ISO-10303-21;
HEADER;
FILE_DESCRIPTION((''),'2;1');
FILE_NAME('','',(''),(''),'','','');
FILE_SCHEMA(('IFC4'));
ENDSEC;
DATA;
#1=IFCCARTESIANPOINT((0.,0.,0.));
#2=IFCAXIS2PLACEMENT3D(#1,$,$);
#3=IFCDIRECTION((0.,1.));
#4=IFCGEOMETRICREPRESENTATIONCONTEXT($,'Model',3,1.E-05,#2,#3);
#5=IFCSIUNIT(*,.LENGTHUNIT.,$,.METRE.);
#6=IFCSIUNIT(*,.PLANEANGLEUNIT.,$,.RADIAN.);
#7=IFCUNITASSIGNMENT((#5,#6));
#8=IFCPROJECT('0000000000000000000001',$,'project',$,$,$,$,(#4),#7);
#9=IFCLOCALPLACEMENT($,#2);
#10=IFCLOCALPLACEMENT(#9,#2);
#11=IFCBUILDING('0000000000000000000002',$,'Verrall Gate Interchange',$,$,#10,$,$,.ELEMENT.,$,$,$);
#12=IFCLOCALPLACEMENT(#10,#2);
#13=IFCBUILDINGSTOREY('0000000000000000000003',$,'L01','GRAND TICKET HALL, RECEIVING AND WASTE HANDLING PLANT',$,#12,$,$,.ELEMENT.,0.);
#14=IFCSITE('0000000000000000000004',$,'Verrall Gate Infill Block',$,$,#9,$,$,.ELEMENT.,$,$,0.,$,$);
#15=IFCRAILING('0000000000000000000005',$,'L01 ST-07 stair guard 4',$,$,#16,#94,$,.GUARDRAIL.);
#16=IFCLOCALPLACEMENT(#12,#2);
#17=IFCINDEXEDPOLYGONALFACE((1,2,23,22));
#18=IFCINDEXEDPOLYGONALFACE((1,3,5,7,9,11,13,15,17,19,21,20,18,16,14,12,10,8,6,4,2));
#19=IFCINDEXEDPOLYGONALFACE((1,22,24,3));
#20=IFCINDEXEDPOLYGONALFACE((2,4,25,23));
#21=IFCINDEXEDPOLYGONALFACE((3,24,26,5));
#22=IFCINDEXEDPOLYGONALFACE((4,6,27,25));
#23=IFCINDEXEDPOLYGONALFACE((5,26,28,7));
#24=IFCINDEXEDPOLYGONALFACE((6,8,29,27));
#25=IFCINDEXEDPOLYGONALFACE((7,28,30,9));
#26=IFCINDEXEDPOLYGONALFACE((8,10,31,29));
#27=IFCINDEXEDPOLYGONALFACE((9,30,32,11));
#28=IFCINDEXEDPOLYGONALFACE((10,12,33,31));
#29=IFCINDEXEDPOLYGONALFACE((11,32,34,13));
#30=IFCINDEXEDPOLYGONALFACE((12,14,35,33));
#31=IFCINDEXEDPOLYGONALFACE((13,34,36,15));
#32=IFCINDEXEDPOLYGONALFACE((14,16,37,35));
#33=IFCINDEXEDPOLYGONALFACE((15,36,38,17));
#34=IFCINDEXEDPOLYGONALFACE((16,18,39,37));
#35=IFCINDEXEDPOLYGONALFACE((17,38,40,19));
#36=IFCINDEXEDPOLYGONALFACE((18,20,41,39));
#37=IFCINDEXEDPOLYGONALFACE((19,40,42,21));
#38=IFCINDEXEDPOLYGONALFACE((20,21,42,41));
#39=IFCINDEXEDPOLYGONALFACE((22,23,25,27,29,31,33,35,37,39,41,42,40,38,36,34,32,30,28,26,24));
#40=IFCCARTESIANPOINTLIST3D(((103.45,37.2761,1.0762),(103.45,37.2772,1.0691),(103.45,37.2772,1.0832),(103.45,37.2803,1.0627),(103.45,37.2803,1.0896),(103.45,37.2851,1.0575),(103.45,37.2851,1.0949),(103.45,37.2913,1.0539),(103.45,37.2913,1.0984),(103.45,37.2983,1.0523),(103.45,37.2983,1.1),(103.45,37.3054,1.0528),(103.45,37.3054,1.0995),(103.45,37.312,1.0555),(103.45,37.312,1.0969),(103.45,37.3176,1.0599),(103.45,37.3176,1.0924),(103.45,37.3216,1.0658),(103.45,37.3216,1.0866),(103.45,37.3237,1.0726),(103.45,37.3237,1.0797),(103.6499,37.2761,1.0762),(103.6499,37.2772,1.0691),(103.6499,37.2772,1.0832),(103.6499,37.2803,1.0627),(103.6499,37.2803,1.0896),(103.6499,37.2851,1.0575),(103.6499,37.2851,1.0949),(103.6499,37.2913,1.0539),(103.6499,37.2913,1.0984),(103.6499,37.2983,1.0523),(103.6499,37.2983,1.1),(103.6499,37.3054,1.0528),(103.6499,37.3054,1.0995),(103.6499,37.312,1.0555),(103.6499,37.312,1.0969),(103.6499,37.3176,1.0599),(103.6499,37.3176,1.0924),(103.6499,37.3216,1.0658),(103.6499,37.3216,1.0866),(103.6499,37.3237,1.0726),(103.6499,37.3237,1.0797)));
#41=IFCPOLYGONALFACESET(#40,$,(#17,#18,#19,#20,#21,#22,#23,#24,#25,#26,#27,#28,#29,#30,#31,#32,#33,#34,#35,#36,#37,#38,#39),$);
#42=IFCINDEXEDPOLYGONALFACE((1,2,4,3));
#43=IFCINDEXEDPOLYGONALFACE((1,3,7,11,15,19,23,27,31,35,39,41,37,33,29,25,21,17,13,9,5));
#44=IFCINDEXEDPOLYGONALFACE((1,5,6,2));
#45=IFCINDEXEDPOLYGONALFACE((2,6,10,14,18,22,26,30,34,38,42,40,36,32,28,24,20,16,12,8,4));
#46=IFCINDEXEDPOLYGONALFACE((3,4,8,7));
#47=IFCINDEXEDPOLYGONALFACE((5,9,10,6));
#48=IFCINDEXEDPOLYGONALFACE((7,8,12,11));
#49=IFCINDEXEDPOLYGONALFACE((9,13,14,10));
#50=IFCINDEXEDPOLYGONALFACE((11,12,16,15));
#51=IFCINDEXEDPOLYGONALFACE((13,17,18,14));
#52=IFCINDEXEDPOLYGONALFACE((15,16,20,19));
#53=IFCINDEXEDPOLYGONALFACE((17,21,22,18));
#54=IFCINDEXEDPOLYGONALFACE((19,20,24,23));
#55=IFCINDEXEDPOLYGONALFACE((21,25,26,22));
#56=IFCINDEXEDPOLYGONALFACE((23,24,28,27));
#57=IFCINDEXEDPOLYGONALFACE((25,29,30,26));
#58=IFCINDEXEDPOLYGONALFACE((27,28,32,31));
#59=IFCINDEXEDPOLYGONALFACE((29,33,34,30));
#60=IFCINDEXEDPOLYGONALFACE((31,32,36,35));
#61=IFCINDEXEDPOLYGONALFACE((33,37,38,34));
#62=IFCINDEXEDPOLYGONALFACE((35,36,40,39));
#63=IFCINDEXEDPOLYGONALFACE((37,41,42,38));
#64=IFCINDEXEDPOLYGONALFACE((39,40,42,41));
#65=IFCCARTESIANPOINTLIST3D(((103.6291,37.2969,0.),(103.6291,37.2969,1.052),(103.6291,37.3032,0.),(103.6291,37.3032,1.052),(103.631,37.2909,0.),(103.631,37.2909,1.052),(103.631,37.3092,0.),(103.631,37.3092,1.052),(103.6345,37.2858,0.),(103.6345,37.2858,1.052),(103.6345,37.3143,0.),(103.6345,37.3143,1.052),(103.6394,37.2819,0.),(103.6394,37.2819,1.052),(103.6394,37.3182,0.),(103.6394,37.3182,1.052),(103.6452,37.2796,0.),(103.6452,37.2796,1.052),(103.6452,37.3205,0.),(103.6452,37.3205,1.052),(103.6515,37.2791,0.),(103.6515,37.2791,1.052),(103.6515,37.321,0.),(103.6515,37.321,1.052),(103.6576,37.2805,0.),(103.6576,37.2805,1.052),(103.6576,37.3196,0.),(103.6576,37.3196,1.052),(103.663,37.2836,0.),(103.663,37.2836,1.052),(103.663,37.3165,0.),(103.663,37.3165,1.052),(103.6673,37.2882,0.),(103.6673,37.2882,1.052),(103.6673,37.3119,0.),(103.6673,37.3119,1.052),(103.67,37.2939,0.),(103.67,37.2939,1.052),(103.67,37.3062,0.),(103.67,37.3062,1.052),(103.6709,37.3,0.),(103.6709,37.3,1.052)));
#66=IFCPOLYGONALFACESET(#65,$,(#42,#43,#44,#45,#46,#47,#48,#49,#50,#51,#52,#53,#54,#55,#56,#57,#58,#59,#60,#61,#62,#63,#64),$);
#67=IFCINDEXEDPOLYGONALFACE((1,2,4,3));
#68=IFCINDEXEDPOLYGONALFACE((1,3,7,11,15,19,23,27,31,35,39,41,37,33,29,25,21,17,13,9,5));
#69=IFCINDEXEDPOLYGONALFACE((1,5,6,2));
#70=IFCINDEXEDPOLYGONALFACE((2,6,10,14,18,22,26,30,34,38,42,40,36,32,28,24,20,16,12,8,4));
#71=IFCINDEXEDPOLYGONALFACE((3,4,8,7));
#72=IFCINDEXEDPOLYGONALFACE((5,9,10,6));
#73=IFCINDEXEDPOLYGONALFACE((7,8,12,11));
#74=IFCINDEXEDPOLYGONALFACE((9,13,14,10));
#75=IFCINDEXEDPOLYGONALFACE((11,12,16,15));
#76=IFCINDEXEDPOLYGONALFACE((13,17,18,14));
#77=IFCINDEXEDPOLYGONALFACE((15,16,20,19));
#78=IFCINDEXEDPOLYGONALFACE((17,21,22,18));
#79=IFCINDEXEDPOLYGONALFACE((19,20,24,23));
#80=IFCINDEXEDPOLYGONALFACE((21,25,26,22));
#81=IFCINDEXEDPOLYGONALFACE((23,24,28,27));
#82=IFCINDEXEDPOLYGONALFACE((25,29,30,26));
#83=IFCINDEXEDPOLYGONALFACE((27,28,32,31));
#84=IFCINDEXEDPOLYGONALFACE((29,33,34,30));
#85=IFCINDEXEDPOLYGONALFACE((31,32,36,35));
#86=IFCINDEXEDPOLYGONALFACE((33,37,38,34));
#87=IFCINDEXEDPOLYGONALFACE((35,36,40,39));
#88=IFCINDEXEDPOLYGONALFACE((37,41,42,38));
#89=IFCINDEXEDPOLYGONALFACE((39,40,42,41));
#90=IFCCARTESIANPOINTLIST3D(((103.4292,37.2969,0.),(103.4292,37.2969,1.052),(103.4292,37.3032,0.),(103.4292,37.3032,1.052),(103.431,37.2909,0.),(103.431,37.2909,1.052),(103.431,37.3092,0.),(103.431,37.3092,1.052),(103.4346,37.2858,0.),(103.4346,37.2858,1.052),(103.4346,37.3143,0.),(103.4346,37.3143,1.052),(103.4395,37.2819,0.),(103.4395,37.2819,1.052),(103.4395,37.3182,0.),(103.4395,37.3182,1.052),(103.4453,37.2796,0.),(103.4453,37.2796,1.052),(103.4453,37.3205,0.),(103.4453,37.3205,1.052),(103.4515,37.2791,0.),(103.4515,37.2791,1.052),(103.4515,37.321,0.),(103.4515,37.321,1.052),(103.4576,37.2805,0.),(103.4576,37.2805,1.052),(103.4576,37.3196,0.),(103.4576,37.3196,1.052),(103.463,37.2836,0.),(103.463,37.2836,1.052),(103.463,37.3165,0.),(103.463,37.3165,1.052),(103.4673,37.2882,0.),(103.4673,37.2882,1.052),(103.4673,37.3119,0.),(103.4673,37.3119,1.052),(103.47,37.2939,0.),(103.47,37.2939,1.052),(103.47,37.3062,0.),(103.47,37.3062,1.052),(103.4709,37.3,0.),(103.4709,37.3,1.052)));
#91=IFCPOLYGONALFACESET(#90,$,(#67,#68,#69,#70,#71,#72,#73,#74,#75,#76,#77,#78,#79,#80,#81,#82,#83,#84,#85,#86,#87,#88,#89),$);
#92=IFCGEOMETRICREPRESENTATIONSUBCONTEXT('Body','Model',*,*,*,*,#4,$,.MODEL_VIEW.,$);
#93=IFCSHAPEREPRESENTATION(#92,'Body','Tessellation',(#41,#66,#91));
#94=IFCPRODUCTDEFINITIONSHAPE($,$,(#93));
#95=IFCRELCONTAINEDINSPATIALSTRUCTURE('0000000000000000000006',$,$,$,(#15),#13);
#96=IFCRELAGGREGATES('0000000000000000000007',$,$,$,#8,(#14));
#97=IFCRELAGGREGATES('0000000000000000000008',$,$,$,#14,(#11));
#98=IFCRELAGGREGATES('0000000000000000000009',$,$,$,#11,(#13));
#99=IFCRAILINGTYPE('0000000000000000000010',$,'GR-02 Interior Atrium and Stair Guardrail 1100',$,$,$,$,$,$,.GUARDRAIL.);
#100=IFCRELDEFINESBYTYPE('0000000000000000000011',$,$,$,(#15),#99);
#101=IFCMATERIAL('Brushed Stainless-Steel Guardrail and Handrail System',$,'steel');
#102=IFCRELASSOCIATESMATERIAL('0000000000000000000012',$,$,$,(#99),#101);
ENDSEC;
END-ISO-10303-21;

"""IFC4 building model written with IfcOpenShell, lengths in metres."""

from ifc_helpers import new_model, si_unit, direction, frame, origin, origin_2d, place, context, subcontext, project, spatial, circle, extrude, material, type_object, element, save


model = new_model("IFC4")

# Units and contexts
model_context = context("Model", 3, precision=1e-05, world=origin(), true_north=direction((0.0, 1.0)))
body_context = subcontext(model_context, "Body", "Model", "MODEL_VIEW")
ifc_project = project(units=[si_unit("LENGTHUNIT", "METRE"), si_unit("PLANEANGLEUNIT", "RADIAN")], contexts=[model_context])

# Site, building, storey
site_placement = place(None, origin())
site = spatial("IfcSite", under=ifc_project, at=site_placement, Name="Verrall Gate Infill Block", CompositionType="ELEMENT", RefElevation=0.0)
building_placement = place(site_placement, origin())
building = spatial("IfcBuilding", under=site, at=building_placement, Name="Verrall Gate Interchange", CompositionType="ELEMENT")
storey_placement = place(building_placement, origin())
storey = spatial("IfcBuildingStorey", under=building, at=storey_placement, Name="L01", Description="GRAND TICKET HALL, RECEIVING AND WASTE HANDLING PLANT", CompositionType="ELEMENT", Elevation=0.0)

# Railing
ifc_material_1 = material(Name="Brushed Stainless-Steel Guardrail and Handrail System", Category="steel")
railing_type = type_object("IfcRailingType", Name="GR-02 Interior Atrium and Stair Guardrail 1100", PredefinedType="GUARDRAIL", material=ifc_material_1)
railing_1_placement = place(storey_placement, frame((103.6499, 37.3, 0.0)))
element("IfcRailing", 1, at=railing_1_placement, inside=storey, type_object=railing_type, Name="L01 ST-07 stair guard 4", PredefinedType="GUARDRAIL", context=body_context, shape_type="SweptSolid", body=[
    extrude(circle(Radius=0.0239, at=origin_2d()), frame((0.0, 0.0, 1.0762), z_axis=(-1.0, 0.0, 0.0), x_axis=(0.0, -1.0, 0.0)), (0.0, 0.0, 1.0), 0.2),
    extrude(circle(Radius=0.021, at=origin_2d()), origin(), (0.0, 0.0, 1.0), 1.052),
    extrude(circle(Radius=0.021, at=origin_2d()), frame((-0.2, 0.0, 0.0)), (0.0, 0.0, 1.0), 1.052),
])

save(model, "model.ifc")
